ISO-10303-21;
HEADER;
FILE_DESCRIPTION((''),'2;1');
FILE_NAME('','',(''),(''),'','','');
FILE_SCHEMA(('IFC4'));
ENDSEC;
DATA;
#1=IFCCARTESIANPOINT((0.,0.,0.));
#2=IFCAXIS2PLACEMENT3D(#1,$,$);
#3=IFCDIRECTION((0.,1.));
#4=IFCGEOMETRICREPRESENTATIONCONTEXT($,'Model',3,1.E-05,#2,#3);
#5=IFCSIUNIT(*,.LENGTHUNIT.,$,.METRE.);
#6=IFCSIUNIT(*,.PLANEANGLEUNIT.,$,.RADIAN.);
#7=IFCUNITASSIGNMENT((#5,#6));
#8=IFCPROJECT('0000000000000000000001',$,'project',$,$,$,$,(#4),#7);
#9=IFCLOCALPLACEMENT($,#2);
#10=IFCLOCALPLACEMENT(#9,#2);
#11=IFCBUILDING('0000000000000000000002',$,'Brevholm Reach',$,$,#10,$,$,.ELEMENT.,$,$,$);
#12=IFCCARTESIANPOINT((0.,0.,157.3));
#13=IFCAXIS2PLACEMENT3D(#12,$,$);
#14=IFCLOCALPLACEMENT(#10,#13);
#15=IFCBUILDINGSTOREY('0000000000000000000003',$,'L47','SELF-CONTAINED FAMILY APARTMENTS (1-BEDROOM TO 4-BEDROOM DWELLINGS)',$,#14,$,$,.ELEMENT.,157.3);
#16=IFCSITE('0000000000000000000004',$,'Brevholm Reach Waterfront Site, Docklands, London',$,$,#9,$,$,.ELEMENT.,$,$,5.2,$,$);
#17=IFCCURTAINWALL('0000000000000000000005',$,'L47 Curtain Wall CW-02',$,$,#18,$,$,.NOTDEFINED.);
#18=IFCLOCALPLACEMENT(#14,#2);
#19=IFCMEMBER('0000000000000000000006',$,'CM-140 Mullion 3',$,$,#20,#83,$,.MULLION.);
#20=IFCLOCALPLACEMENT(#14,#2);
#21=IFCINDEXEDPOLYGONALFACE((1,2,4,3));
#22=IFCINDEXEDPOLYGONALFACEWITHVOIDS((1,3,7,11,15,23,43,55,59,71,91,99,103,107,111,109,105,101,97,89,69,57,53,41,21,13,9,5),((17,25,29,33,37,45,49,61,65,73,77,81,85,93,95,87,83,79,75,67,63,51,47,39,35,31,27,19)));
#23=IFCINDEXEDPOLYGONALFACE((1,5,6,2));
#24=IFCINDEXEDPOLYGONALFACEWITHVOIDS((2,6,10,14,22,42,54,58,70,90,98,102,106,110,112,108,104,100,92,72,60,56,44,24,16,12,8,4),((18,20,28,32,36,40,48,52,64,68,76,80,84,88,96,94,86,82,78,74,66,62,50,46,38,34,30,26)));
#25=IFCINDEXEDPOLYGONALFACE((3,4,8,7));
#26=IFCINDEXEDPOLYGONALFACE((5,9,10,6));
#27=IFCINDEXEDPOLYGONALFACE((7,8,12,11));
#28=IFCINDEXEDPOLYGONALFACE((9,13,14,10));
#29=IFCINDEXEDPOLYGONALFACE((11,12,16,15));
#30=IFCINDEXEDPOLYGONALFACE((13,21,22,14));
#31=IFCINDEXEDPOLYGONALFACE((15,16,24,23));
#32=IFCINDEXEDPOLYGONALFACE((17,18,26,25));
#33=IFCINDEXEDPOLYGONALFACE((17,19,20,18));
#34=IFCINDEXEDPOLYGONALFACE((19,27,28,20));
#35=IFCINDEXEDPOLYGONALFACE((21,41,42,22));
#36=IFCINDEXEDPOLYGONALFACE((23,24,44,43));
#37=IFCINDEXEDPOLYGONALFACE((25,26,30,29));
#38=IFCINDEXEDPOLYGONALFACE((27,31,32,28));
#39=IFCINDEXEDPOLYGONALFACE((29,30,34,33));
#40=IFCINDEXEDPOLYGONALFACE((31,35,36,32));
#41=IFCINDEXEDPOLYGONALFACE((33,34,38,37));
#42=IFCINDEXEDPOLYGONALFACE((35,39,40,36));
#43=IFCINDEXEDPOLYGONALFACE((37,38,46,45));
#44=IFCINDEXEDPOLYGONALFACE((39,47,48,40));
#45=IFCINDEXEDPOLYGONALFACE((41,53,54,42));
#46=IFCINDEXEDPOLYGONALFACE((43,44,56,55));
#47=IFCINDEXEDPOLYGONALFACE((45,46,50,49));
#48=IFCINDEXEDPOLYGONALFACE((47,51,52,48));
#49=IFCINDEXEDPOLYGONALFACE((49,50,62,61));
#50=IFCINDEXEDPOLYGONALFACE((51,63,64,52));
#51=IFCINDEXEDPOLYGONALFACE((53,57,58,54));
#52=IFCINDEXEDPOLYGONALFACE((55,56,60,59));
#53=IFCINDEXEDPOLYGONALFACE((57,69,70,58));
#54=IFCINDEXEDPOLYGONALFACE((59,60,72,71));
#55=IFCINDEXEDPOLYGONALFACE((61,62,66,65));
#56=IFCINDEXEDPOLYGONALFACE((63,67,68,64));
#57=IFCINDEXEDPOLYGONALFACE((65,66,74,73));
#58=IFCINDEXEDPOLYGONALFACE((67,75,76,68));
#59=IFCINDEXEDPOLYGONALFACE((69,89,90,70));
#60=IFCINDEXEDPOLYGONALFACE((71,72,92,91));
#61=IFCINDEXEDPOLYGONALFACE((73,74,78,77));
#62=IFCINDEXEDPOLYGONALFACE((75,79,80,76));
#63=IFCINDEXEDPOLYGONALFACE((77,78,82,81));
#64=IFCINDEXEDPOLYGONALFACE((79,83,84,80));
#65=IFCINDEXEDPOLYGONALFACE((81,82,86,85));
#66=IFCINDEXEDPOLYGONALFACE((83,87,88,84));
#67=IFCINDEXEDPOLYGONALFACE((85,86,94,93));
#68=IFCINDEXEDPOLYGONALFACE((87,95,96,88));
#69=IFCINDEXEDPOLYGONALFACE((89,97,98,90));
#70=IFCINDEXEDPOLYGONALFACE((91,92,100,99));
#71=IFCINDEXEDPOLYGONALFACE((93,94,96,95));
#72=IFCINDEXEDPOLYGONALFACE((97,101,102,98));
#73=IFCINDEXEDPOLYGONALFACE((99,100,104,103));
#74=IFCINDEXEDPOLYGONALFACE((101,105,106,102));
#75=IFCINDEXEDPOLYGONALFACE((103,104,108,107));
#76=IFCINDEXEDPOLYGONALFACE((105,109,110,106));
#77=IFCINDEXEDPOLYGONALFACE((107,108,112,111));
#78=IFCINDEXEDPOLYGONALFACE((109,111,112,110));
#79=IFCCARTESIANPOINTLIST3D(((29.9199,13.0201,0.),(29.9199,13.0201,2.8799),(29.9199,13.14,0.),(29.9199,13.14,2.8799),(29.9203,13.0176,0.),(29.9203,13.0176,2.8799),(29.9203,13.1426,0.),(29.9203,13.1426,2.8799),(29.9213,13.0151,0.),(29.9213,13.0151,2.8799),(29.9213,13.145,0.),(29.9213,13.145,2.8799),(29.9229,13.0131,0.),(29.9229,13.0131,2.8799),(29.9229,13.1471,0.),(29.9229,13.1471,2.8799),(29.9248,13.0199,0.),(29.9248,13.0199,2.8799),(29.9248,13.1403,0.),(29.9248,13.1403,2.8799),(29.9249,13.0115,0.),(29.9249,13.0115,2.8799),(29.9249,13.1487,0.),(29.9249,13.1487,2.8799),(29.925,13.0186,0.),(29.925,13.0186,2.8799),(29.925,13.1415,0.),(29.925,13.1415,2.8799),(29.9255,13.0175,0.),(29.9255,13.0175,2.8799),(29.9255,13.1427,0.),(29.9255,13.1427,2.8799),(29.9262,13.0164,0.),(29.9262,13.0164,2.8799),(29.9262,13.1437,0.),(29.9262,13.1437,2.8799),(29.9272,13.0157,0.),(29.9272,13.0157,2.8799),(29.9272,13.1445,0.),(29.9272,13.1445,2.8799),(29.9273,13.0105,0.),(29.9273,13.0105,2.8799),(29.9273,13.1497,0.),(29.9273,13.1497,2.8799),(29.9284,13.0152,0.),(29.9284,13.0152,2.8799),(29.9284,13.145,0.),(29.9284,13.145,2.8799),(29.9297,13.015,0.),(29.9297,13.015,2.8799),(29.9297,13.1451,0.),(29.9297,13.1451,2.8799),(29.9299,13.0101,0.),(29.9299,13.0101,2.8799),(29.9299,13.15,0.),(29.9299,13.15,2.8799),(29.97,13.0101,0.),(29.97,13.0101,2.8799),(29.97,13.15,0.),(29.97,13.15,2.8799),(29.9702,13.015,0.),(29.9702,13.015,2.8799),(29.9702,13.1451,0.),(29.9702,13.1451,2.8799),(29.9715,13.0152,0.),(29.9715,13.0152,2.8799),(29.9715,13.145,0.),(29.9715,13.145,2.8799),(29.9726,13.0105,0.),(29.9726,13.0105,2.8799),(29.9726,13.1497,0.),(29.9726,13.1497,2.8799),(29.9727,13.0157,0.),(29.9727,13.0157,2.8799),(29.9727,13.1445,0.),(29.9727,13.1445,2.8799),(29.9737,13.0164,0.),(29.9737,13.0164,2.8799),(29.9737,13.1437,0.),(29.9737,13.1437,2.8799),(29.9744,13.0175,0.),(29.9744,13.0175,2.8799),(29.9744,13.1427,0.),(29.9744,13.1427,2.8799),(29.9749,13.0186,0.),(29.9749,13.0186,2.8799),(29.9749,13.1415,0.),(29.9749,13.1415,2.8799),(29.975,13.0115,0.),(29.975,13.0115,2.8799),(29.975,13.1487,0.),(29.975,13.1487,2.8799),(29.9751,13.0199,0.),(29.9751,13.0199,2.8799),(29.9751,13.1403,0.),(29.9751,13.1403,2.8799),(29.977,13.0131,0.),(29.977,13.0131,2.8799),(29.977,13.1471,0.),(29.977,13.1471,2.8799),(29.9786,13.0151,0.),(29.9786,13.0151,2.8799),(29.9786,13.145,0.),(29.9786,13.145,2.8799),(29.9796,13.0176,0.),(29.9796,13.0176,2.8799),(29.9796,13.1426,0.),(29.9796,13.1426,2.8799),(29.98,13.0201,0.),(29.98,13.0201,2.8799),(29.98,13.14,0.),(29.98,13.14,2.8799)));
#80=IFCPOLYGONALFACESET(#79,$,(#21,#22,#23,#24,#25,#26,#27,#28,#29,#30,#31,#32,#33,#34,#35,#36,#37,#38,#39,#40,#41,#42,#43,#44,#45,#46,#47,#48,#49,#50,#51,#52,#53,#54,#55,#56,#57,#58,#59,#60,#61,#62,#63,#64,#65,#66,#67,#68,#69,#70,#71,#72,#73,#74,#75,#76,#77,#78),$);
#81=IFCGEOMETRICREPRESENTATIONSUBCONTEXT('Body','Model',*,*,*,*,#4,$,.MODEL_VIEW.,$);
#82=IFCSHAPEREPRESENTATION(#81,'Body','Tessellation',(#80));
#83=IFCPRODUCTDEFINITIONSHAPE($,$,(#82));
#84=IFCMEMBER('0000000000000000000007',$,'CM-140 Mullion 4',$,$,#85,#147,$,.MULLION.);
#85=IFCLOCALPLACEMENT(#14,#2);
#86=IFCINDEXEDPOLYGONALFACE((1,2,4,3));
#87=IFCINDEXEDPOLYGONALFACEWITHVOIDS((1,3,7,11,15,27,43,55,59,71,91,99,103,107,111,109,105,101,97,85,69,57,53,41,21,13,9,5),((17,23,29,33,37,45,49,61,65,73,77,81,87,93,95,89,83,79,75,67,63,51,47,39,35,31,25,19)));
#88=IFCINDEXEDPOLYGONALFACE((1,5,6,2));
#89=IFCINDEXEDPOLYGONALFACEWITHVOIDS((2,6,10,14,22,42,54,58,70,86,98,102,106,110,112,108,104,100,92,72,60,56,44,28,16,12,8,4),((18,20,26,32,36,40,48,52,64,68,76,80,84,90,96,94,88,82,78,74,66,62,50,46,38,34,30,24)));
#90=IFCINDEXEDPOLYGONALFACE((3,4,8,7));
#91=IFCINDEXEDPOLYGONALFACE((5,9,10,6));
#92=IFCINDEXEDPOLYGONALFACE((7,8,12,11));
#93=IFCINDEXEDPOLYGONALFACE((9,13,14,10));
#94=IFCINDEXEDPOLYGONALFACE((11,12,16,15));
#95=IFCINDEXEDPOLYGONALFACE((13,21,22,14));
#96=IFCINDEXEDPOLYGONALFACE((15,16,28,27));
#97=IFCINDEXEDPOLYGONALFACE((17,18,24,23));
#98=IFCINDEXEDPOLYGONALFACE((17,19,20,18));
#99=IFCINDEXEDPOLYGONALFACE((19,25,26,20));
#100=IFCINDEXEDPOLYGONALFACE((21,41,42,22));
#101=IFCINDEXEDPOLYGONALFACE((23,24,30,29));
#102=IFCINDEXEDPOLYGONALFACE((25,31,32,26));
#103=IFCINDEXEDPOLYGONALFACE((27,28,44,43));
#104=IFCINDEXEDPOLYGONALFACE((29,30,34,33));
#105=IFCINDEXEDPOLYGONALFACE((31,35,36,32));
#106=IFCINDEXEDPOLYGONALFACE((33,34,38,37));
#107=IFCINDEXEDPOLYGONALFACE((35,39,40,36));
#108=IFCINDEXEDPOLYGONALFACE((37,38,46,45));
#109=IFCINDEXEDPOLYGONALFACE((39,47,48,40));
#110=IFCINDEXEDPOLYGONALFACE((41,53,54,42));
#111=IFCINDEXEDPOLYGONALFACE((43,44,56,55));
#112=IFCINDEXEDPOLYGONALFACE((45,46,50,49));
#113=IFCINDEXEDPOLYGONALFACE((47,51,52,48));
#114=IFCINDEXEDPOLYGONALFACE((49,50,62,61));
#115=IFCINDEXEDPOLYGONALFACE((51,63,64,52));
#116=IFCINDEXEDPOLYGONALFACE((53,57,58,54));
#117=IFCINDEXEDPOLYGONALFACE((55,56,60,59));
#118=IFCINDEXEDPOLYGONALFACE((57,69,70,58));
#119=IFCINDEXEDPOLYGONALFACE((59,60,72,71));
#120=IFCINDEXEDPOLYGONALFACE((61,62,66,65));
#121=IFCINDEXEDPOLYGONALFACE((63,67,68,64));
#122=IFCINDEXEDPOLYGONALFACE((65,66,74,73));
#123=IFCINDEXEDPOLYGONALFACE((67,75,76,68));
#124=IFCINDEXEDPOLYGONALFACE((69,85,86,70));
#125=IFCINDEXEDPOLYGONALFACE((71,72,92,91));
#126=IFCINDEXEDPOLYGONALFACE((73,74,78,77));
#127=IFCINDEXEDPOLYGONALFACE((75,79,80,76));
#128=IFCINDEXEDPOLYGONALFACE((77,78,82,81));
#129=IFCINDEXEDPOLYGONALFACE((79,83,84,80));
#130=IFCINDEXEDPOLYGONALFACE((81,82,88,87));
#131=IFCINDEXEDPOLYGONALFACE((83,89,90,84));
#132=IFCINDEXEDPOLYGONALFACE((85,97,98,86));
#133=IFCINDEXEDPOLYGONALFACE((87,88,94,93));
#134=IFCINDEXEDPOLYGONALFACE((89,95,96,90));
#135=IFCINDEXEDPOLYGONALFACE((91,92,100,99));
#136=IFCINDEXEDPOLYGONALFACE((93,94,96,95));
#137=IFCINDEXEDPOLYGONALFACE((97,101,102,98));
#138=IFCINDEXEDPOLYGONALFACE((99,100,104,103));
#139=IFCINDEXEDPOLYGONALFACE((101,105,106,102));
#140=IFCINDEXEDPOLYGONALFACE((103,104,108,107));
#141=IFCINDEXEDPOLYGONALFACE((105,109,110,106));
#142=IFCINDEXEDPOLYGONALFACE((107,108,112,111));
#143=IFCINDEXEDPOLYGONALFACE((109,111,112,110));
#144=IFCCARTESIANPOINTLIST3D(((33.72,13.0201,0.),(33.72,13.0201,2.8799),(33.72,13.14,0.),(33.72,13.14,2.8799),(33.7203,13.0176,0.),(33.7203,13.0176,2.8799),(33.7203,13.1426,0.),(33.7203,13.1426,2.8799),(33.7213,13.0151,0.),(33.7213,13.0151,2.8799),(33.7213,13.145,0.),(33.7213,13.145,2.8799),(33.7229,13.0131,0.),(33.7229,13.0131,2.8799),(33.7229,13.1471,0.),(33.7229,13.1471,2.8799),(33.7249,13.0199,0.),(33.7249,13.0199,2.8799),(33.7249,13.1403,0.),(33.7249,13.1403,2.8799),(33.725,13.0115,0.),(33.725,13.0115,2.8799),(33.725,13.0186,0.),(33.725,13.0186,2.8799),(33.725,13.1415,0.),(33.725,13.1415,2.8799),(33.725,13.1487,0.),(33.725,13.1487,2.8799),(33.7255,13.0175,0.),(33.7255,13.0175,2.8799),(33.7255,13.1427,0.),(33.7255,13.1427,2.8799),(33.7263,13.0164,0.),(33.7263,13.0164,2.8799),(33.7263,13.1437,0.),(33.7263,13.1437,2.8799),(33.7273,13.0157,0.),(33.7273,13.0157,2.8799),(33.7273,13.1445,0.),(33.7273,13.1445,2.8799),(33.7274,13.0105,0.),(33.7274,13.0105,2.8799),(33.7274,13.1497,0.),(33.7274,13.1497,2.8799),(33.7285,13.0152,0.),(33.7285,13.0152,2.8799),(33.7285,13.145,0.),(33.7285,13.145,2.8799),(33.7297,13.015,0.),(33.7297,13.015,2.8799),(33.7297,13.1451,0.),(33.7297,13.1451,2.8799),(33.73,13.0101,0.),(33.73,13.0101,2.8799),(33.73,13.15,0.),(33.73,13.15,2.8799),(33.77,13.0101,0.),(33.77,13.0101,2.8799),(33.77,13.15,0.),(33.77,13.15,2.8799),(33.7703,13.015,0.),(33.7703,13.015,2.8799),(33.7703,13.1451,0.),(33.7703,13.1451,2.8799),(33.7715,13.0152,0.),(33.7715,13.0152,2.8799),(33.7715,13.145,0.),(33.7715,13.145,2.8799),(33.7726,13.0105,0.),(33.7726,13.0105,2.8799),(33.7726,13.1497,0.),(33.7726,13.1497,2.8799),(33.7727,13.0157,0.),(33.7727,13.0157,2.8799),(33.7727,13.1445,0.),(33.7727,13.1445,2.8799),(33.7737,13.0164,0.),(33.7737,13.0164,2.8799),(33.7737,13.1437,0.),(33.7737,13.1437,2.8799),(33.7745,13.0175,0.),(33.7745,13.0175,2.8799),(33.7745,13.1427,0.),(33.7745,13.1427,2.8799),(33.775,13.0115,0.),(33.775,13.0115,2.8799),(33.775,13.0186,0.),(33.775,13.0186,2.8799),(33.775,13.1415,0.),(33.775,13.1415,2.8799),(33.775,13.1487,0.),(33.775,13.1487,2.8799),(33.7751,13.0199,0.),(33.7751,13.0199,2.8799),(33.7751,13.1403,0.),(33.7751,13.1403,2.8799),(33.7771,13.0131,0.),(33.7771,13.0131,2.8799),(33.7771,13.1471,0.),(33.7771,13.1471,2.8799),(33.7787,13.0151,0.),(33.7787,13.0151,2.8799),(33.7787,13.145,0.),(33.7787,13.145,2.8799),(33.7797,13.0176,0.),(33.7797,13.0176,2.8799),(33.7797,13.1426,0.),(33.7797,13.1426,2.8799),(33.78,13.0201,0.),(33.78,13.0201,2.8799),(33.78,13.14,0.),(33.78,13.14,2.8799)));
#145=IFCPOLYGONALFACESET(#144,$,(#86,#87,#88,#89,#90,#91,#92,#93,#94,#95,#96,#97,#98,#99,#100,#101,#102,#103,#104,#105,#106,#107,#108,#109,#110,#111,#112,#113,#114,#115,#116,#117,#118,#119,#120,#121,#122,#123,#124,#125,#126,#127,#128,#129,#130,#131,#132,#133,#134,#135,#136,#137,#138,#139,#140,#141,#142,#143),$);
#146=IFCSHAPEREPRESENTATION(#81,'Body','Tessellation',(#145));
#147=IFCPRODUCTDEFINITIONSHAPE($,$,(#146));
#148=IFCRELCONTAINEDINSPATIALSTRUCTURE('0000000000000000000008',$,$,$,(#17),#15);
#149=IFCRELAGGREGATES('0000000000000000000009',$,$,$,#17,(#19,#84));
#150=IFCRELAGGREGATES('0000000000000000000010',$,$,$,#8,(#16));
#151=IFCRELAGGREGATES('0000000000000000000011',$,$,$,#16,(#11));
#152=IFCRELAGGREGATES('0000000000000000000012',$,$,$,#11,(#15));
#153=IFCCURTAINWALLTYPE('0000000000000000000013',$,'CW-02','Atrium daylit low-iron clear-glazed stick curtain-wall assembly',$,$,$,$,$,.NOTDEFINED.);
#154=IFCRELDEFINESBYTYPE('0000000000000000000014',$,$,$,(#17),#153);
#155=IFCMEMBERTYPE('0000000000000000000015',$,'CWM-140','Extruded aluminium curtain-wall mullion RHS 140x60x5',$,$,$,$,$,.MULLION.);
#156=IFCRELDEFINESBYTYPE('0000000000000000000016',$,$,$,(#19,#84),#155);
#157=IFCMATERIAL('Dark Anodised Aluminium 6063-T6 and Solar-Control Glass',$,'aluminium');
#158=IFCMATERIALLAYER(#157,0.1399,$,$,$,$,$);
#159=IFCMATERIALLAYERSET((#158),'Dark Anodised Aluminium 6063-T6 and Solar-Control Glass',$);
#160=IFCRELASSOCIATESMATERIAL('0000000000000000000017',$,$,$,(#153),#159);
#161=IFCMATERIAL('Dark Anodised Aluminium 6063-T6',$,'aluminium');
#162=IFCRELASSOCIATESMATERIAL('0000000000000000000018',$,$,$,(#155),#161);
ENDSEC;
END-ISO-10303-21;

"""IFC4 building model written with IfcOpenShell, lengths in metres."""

from ifc_helpers import new_model, si_unit, direction, frame, origin, origin_2d, place, context, subcontext, project, spatial, hollow_rectangle, extrude, material, layer, layer_set, material_profile, profile_set, type_object, element, aggregate, save


model = new_model("IFC4")

# Units and contexts
model_context = context("Model", 3, precision=1e-05, world=origin(), true_north=direction((0.0, 1.0)))
body_context = subcontext(model_context, "Body", "Model", "MODEL_VIEW")
ifc_project = project(units=[si_unit("LENGTHUNIT", "METRE"), si_unit("PLANEANGLEUNIT", "RADIAN")], contexts=[model_context])

# Site, building, storey
site_placement = place(None, origin())
site = spatial("IfcSite", under=ifc_project, at=site_placement, Name="Brevholm Reach Waterfront Site, Docklands, London", CompositionType="ELEMENT", RefElevation=5.2)
building_placement = place(site_placement, origin())
building = spatial("IfcBuilding", under=site, at=building_placement, Name="Brevholm Reach", CompositionType="ELEMENT")
storey_placement = place(building_placement, frame((0.0, 0.0, 157.3)))
storey = spatial("IfcBuildingStorey", under=building, at=storey_placement, Name="L47", Description="SELF-CONTAINED FAMILY APARTMENTS (1-BEDROOM TO 4-BEDROOM DWELLINGS)", CompositionType="ELEMENT", Elevation=157.3)

# Curtain wall, members
ifc_material_1 = material(Name="Dark Anodised Aluminium 6063-T6 and Solar-Control Glass", Category="aluminium")
ifc_layer_1 = layer(ifc_material_1, 0.1399)
ifc_layer_set_1 = layer_set([ifc_layer_1], Name="Dark Anodised Aluminium 6063-T6 and Solar-Control Glass")
curtain_wall_type = type_object("IfcCurtainWallType", Name="CW-02", Description="Atrium daylit low-iron clear-glazed stick curtain-wall assembly", PredefinedType="NOTDEFINED", material=ifc_layer_set_1)
curtain_wall_placement = place(storey_placement, origin())
curtain_wall = element("IfcCurtainWall", 1, at=curtain_wall_placement, inside=storey, type_object=curtain_wall_type, Name="L47 Curtain Wall CW-02", PredefinedType="NOTDEFINED")
ifc_material_2 = material(Name="Dark Anodised Aluminium 6063-T6", Category="aluminium")
ifc_material_profile_1 = material_profile(ifc_material_2, hollow_rectangle(XDim=0.0601, YDim=0.1399, WallThickness=0.0049, InnerFilletRadius=0.0049, OuterFilletRadius=0.01, at=origin_2d()), Name="RHS 140x60x5")
ifc_profile_set_1 = profile_set([ifc_material_profile_1], Name="Dark Anodised Aluminium 6063-T6")
member_type_1 = type_object("IfcMemberType", Name="CWM-140", Description="Extruded aluminium curtain-wall mullion RHS 140x60x5", PredefinedType="MULLION", material=ifc_profile_set_1)
member_1_placement = place(storey_placement, frame((29.95, 13.0801, 0.0), z_axis=(0.0, 0.0, 1.0), x_axis=(1.0, 0.0, 0.0)))
member_1 = element("IfcMember", 2, at=member_1_placement, type_object=member_type_1, Name="CM-140 Mullion 3", PredefinedType="MULLION", context=body_context, shape_type="SweptSolid", body=[
    extrude(hollow_rectangle(XDim=0.0601, YDim=0.1399, WallThickness=0.0049, InnerFilletRadius=0.0049, OuterFilletRadius=0.01, at=origin_2d()), origin(), (0.0, 0.0, 1.0), 2.8799),
])
member_2_placement = place(storey_placement, frame((33.75, 13.0801, 0.0), z_axis=(0.0, 0.0, 1.0), x_axis=(1.0, 0.0, 0.0)))
member_2 = element("IfcMember", 3, at=member_2_placement, type_object=member_type_1, Name="CM-140 Mullion 4", PredefinedType="MULLION", context=body_context, shape_type="SweptSolid", body=[
    extrude(hollow_rectangle(XDim=0.0601, YDim=0.1399, WallThickness=0.0049, InnerFilletRadius=0.0049, OuterFilletRadius=0.01, at=origin_2d()), origin(), (0.0, 0.0, 1.0), 2.8799),
])
aggregate(curtain_wall, [member_1, member_2])

save(model, "model.ifc")
